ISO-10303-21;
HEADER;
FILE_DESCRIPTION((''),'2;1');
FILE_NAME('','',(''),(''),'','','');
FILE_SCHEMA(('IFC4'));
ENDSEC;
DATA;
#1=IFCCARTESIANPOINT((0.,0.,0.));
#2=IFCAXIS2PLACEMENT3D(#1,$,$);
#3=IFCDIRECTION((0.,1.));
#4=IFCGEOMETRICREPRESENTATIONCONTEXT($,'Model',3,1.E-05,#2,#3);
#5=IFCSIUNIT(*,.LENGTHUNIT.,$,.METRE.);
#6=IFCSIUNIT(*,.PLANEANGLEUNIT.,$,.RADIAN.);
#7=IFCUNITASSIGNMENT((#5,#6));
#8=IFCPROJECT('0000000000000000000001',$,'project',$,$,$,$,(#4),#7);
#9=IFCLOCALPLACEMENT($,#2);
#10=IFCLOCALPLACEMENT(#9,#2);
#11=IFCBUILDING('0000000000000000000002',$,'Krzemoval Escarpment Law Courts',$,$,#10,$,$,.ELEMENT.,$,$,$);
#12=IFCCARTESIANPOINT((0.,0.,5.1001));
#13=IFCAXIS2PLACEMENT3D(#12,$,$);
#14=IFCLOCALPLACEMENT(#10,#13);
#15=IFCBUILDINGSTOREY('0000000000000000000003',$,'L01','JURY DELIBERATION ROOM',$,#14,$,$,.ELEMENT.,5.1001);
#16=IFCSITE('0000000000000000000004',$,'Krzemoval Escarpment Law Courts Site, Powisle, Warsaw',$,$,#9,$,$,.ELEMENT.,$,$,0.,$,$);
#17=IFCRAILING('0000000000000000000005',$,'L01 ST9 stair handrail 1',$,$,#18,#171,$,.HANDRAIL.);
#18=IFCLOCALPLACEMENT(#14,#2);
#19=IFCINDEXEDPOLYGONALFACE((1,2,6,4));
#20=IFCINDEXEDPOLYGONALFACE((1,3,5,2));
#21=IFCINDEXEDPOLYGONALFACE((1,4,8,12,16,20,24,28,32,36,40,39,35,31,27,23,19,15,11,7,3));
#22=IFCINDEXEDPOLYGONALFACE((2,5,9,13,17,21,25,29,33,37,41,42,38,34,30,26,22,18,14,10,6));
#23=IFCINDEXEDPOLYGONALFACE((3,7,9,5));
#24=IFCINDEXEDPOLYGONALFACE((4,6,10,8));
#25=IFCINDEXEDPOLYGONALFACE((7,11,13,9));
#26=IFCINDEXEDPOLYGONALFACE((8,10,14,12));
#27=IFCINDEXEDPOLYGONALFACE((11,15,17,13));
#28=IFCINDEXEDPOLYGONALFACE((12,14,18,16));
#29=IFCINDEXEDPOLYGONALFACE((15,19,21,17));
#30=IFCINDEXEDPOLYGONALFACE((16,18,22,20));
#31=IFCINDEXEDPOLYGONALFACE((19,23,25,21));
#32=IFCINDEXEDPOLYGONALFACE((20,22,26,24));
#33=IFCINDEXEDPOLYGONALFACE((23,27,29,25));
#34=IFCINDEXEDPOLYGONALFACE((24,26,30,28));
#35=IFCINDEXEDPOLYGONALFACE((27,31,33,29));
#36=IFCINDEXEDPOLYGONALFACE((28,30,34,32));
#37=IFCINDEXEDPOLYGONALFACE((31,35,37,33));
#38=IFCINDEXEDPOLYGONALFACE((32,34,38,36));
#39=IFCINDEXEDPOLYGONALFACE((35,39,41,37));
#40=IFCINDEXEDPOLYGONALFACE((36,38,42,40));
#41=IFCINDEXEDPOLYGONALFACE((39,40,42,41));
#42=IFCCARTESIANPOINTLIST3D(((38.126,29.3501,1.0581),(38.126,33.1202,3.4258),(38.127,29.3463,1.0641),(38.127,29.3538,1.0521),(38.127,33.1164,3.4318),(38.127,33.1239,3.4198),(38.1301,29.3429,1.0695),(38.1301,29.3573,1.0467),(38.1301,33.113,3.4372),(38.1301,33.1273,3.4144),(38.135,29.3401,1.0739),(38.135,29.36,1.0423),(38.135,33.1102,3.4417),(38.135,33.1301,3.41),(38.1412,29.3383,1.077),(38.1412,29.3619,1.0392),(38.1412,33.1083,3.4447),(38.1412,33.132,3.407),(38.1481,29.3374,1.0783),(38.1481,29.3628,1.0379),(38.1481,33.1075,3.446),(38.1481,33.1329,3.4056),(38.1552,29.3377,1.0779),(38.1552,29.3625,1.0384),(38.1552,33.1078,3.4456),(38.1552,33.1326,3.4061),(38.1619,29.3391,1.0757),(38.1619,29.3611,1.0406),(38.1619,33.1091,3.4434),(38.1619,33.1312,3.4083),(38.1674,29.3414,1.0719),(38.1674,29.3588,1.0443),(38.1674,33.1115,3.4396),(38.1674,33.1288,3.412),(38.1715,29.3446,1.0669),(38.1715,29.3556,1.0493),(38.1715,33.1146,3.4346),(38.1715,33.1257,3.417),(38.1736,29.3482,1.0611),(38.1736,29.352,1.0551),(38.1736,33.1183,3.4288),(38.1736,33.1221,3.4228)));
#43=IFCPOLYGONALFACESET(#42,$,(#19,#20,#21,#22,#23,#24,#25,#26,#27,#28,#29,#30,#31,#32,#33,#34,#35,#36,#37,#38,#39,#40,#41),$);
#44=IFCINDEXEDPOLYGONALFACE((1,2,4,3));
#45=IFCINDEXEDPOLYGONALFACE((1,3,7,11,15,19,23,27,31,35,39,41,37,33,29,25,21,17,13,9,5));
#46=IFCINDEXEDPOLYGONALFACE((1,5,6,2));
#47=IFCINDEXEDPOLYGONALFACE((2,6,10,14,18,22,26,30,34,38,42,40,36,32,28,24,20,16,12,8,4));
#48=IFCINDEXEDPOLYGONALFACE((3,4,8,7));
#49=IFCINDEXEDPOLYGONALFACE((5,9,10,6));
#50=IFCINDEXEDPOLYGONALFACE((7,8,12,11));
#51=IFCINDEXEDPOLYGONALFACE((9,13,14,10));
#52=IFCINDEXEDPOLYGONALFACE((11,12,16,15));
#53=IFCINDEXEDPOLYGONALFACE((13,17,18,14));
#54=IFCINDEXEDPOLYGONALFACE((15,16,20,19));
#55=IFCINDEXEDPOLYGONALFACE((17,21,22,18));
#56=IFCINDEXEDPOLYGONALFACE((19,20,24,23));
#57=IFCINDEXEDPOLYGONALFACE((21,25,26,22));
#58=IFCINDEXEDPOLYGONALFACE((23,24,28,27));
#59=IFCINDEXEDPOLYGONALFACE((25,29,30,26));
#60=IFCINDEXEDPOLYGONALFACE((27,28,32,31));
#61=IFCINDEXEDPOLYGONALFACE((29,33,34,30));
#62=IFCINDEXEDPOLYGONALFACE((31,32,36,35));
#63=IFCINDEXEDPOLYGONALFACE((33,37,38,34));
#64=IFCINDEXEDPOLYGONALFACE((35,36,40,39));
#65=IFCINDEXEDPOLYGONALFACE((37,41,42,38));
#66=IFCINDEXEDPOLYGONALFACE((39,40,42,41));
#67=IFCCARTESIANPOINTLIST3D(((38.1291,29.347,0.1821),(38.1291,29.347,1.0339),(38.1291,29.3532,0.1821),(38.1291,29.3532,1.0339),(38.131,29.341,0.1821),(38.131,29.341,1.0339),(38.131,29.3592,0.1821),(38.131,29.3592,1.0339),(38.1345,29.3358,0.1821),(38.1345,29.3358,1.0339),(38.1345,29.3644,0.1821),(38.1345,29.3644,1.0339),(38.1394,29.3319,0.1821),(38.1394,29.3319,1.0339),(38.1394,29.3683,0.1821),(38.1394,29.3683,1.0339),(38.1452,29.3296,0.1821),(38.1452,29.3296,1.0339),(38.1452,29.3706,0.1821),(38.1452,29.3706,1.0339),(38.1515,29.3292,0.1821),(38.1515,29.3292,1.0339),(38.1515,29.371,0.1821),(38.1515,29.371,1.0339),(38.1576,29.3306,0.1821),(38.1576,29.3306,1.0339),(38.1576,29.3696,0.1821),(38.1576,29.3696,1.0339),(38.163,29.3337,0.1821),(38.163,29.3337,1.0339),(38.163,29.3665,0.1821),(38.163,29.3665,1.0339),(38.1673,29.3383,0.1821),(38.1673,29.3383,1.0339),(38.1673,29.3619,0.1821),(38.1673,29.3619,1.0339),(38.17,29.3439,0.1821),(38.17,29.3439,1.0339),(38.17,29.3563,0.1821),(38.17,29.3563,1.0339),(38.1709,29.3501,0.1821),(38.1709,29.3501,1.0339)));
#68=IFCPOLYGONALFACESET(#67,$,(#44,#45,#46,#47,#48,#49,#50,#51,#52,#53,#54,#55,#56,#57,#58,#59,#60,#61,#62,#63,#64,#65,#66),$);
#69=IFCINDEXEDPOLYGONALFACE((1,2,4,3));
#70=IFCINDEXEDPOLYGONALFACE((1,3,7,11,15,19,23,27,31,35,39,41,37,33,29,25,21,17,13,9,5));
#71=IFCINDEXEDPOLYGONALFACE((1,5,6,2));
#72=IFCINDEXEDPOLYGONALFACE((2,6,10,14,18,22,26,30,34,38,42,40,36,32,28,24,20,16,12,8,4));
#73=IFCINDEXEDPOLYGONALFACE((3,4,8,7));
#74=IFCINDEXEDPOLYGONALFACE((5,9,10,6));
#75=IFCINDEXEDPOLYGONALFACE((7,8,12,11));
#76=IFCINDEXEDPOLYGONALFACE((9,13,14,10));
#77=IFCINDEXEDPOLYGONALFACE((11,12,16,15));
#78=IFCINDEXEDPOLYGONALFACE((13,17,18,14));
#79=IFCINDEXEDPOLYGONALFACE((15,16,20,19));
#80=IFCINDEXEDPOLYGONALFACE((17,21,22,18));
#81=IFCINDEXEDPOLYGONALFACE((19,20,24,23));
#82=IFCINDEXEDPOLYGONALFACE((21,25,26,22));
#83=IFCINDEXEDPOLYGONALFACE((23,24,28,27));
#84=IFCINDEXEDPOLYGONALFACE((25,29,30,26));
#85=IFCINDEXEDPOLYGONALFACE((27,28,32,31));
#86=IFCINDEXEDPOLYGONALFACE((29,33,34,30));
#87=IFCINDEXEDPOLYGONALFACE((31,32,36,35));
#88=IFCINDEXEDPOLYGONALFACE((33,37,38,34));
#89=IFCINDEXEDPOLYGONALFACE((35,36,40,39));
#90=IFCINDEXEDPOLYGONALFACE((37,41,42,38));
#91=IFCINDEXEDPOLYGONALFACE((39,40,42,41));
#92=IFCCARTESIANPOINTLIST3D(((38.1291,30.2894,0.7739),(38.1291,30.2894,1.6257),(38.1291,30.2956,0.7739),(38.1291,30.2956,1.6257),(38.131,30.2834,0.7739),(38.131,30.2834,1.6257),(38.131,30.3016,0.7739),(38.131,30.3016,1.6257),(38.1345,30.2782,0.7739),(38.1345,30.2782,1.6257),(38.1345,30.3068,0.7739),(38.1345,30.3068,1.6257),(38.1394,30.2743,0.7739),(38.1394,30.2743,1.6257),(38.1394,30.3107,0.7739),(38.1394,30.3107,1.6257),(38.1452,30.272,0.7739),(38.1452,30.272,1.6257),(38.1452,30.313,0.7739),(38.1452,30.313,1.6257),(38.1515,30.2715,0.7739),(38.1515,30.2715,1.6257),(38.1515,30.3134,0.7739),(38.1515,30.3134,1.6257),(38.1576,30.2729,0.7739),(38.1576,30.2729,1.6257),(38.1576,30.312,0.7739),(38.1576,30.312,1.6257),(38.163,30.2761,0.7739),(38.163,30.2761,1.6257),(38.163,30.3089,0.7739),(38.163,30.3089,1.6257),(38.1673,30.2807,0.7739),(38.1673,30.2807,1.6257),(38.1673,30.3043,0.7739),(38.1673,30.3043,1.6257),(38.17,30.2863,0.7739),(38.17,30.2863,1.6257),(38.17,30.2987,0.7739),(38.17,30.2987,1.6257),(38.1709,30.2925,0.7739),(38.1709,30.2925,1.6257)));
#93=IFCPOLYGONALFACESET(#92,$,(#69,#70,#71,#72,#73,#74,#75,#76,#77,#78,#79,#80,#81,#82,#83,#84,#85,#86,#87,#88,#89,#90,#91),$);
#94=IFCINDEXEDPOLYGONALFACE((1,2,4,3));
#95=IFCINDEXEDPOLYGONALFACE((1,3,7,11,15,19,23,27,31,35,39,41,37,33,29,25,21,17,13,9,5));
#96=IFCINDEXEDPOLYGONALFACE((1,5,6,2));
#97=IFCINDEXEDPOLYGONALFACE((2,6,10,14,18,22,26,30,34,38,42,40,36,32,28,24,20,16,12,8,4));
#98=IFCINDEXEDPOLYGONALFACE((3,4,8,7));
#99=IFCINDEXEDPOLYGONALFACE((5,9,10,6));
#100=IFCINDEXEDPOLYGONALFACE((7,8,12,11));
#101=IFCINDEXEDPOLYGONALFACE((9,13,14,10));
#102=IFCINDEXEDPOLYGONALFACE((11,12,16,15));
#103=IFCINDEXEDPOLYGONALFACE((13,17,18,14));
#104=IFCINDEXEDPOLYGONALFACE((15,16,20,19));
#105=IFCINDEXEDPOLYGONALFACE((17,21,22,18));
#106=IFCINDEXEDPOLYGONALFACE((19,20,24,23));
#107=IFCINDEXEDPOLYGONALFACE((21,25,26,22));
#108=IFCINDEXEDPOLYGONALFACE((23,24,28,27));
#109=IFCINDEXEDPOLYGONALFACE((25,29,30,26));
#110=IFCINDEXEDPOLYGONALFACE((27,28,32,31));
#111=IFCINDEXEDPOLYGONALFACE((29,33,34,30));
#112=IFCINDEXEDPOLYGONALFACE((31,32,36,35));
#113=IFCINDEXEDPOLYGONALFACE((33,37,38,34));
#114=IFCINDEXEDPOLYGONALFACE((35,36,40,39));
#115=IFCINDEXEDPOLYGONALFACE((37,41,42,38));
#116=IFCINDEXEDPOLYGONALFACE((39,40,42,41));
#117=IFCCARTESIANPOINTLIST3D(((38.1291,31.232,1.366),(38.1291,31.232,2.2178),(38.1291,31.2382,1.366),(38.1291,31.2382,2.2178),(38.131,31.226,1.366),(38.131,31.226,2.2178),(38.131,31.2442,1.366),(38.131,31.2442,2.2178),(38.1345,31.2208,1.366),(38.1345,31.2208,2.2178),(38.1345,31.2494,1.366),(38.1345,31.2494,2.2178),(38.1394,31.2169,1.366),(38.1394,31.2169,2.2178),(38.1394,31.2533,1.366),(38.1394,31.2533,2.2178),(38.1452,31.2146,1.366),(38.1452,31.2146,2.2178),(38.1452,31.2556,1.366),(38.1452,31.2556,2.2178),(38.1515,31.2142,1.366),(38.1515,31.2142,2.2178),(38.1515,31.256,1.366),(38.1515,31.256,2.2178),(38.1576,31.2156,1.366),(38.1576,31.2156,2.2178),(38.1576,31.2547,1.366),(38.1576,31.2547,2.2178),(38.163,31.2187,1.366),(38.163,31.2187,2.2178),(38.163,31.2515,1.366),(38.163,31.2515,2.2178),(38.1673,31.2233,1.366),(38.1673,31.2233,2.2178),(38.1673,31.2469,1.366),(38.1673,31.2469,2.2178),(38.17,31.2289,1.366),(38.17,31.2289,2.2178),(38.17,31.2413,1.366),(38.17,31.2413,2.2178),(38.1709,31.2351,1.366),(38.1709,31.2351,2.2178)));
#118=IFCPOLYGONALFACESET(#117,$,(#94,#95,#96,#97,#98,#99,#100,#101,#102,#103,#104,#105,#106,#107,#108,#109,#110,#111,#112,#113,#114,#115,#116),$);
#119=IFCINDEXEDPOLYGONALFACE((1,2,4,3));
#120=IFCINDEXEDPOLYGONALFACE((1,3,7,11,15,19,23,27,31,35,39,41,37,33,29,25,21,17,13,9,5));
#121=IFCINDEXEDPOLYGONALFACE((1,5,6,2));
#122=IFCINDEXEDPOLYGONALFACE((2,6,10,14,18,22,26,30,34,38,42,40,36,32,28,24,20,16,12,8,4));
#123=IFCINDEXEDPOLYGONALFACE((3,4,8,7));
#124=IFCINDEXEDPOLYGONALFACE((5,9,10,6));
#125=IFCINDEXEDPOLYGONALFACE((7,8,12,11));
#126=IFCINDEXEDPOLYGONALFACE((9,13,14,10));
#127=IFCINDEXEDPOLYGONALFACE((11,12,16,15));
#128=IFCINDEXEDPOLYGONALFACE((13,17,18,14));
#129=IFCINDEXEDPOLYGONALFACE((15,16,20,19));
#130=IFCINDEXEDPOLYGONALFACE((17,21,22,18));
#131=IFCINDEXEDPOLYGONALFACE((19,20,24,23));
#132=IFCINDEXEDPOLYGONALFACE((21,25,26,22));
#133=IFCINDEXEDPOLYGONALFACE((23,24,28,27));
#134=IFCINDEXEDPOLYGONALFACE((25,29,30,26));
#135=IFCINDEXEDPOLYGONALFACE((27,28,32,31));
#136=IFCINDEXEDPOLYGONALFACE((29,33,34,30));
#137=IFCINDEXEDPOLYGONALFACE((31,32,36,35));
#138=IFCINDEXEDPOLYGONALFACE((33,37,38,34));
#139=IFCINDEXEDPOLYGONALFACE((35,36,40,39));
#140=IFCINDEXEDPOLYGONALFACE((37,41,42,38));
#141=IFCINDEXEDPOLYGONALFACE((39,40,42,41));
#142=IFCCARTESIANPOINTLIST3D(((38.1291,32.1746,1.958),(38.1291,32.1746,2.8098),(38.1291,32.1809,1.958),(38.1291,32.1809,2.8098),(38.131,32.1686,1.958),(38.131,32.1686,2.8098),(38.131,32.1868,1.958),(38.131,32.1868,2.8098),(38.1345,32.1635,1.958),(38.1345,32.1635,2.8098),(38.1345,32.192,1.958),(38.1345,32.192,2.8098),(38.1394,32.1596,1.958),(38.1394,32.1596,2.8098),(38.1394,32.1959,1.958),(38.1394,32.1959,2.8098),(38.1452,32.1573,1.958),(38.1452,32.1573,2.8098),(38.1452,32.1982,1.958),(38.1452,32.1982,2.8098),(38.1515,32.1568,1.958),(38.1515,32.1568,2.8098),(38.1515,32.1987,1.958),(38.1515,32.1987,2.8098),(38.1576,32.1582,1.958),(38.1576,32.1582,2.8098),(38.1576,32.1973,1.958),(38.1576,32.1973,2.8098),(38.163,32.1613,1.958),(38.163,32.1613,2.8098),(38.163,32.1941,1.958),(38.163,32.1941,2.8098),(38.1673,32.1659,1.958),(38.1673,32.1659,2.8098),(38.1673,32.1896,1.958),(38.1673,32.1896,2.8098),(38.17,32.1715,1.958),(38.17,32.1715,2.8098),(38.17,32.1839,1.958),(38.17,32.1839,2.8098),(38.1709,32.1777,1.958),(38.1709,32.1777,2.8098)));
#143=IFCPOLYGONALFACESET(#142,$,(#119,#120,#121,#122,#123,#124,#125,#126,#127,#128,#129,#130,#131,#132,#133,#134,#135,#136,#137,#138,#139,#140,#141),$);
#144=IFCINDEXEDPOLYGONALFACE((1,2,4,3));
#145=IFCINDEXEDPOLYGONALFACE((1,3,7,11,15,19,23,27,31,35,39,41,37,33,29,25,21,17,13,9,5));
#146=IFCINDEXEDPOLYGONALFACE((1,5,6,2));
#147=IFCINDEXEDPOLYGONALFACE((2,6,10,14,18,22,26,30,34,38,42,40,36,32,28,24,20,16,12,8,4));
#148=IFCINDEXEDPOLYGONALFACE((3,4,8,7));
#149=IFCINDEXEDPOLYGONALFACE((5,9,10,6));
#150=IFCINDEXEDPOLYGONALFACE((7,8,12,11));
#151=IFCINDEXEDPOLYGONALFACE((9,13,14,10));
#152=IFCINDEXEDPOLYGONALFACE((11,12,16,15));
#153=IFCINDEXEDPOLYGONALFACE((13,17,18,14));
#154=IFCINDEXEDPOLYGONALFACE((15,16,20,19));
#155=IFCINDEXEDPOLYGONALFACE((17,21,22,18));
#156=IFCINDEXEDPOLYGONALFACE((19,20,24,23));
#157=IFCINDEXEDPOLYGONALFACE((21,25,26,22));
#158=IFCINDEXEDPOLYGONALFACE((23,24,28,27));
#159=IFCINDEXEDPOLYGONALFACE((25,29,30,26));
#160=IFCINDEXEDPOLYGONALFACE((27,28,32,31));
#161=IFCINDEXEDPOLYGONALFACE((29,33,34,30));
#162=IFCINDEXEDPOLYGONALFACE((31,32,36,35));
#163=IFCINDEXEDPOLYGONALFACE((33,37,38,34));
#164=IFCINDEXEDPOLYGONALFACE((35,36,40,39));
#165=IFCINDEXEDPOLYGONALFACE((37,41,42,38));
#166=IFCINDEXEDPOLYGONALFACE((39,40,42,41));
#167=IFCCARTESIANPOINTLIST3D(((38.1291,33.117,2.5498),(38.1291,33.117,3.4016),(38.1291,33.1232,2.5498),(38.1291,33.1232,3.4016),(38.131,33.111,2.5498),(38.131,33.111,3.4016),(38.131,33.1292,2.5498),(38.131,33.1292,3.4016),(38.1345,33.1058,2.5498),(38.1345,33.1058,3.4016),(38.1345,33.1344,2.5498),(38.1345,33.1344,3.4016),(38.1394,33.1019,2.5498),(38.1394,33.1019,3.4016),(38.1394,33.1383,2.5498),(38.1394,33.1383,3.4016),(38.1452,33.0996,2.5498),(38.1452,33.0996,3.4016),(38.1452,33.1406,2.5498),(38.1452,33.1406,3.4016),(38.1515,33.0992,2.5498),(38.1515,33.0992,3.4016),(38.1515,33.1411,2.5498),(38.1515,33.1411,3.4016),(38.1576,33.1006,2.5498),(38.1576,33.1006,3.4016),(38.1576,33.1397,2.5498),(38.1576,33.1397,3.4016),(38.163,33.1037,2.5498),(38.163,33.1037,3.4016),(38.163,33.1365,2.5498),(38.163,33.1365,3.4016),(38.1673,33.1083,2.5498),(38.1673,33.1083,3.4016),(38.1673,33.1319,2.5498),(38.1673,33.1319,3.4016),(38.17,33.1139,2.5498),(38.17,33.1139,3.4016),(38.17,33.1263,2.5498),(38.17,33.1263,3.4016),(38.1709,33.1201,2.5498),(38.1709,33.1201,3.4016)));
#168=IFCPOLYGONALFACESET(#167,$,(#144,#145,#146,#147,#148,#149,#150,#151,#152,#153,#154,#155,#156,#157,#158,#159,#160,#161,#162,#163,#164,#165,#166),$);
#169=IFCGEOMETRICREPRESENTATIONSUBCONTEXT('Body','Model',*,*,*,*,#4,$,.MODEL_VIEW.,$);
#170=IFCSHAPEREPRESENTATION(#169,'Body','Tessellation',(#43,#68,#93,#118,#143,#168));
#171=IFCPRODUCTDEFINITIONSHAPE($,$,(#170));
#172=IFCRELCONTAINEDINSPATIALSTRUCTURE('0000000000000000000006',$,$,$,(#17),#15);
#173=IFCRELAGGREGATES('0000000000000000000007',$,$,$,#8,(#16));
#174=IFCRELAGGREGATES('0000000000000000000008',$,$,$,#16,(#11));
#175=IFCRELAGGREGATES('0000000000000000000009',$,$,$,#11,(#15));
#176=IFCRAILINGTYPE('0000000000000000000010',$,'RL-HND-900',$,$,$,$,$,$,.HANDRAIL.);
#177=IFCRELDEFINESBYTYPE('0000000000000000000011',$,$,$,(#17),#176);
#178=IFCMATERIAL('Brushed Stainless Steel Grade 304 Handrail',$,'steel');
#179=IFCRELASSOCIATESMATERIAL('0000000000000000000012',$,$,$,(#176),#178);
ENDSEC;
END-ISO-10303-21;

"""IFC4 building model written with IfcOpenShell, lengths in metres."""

from ifc_helpers import new_model, si_unit, direction, frame, origin, origin_2d, place, context, subcontext, project, spatial, circle, extrude, material, type_object, element, save


model = new_model("IFC4")

# Units and contexts
model_context = context("Model", 3, precision=1e-05, world=origin(), true_north=direction((0.0, 1.0)))
body_context = subcontext(model_context, "Body", "Model", "MODEL_VIEW")
ifc_project = project(units=[si_unit("LENGTHUNIT", "METRE"), si_unit("PLANEANGLEUNIT", "RADIAN")], contexts=[model_context])

# Site, building, storey
site_placement = place(None, origin())
site = spatial("IfcSite", under=ifc_project, at=site_placement, Name="Krzemoval Escarpment Law Courts Site, Powisle, Warsaw", CompositionType="ELEMENT", RefElevation=0.0)
building_placement = place(site_placement, origin())
building = spatial("IfcBuilding", under=site, at=building_placement, Name="Krzemoval Escarpment Law Courts", CompositionType="ELEMENT")
storey_placement = place(building_placement, frame((0.0, 0.0, 5.1001)))
storey = spatial("IfcBuildingStorey", under=building, at=storey_placement, Name="L01", Description="JURY DELIBERATION ROOM", CompositionType="ELEMENT", Elevation=5.1001)

# Railing
ifc_material_1 = material(Name="Brushed Stainless Steel Grade 304 Handrail", Category="steel")
railing_type_1 = type_object("IfcRailingType", Name="RL-HND-900", PredefinedType="HANDRAIL", material=ifc_material_1)
railing_1_placement = place(storey_placement, frame((38.1499, 29.3501, 0.1821)))
element("IfcRailing", 1, at=railing_1_placement, inside=storey, type_object=railing_type_1, Name="L01 ST9 stair handrail 1", PredefinedType="HANDRAIL", context=body_context, shape_type="SweptSolid", body=[
    extrude(circle(Radius=0.0239, at=origin_2d()), frame((0.0, 0.0, 0.876), z_axis=(0.0, 0.846844, 0.531841), x_axis=(-1.0, 0.0, 0.0)), (0.0, 0.0, 1.0), 4.4519),
    extrude(circle(Radius=0.021, at=origin_2d()), origin(), (0.0, 0.0, 1.0), 0.8518),
    extrude(circle(Radius=0.021, at=origin_2d()), frame((0.0, 0.9424, 0.5918)), (0.0, 0.0, 1.0), 0.8518),
    extrude(circle(Radius=0.021, at=origin_2d()), frame((0.0, 1.885, 1.1838)), (0.0, 0.0, 1.0), 0.8518),
    extrude(circle(Radius=0.021, at=origin_2d()), frame((0.0, 2.8276, 1.7759)), (0.0, 0.0, 1.0), 0.8518),
    extrude(circle(Radius=0.021, at=origin_2d()), frame((0.0, 3.77, 2.3677)), (0.0, 0.0, 1.0), 0.8518),
])

save(model, "model.ifc")
